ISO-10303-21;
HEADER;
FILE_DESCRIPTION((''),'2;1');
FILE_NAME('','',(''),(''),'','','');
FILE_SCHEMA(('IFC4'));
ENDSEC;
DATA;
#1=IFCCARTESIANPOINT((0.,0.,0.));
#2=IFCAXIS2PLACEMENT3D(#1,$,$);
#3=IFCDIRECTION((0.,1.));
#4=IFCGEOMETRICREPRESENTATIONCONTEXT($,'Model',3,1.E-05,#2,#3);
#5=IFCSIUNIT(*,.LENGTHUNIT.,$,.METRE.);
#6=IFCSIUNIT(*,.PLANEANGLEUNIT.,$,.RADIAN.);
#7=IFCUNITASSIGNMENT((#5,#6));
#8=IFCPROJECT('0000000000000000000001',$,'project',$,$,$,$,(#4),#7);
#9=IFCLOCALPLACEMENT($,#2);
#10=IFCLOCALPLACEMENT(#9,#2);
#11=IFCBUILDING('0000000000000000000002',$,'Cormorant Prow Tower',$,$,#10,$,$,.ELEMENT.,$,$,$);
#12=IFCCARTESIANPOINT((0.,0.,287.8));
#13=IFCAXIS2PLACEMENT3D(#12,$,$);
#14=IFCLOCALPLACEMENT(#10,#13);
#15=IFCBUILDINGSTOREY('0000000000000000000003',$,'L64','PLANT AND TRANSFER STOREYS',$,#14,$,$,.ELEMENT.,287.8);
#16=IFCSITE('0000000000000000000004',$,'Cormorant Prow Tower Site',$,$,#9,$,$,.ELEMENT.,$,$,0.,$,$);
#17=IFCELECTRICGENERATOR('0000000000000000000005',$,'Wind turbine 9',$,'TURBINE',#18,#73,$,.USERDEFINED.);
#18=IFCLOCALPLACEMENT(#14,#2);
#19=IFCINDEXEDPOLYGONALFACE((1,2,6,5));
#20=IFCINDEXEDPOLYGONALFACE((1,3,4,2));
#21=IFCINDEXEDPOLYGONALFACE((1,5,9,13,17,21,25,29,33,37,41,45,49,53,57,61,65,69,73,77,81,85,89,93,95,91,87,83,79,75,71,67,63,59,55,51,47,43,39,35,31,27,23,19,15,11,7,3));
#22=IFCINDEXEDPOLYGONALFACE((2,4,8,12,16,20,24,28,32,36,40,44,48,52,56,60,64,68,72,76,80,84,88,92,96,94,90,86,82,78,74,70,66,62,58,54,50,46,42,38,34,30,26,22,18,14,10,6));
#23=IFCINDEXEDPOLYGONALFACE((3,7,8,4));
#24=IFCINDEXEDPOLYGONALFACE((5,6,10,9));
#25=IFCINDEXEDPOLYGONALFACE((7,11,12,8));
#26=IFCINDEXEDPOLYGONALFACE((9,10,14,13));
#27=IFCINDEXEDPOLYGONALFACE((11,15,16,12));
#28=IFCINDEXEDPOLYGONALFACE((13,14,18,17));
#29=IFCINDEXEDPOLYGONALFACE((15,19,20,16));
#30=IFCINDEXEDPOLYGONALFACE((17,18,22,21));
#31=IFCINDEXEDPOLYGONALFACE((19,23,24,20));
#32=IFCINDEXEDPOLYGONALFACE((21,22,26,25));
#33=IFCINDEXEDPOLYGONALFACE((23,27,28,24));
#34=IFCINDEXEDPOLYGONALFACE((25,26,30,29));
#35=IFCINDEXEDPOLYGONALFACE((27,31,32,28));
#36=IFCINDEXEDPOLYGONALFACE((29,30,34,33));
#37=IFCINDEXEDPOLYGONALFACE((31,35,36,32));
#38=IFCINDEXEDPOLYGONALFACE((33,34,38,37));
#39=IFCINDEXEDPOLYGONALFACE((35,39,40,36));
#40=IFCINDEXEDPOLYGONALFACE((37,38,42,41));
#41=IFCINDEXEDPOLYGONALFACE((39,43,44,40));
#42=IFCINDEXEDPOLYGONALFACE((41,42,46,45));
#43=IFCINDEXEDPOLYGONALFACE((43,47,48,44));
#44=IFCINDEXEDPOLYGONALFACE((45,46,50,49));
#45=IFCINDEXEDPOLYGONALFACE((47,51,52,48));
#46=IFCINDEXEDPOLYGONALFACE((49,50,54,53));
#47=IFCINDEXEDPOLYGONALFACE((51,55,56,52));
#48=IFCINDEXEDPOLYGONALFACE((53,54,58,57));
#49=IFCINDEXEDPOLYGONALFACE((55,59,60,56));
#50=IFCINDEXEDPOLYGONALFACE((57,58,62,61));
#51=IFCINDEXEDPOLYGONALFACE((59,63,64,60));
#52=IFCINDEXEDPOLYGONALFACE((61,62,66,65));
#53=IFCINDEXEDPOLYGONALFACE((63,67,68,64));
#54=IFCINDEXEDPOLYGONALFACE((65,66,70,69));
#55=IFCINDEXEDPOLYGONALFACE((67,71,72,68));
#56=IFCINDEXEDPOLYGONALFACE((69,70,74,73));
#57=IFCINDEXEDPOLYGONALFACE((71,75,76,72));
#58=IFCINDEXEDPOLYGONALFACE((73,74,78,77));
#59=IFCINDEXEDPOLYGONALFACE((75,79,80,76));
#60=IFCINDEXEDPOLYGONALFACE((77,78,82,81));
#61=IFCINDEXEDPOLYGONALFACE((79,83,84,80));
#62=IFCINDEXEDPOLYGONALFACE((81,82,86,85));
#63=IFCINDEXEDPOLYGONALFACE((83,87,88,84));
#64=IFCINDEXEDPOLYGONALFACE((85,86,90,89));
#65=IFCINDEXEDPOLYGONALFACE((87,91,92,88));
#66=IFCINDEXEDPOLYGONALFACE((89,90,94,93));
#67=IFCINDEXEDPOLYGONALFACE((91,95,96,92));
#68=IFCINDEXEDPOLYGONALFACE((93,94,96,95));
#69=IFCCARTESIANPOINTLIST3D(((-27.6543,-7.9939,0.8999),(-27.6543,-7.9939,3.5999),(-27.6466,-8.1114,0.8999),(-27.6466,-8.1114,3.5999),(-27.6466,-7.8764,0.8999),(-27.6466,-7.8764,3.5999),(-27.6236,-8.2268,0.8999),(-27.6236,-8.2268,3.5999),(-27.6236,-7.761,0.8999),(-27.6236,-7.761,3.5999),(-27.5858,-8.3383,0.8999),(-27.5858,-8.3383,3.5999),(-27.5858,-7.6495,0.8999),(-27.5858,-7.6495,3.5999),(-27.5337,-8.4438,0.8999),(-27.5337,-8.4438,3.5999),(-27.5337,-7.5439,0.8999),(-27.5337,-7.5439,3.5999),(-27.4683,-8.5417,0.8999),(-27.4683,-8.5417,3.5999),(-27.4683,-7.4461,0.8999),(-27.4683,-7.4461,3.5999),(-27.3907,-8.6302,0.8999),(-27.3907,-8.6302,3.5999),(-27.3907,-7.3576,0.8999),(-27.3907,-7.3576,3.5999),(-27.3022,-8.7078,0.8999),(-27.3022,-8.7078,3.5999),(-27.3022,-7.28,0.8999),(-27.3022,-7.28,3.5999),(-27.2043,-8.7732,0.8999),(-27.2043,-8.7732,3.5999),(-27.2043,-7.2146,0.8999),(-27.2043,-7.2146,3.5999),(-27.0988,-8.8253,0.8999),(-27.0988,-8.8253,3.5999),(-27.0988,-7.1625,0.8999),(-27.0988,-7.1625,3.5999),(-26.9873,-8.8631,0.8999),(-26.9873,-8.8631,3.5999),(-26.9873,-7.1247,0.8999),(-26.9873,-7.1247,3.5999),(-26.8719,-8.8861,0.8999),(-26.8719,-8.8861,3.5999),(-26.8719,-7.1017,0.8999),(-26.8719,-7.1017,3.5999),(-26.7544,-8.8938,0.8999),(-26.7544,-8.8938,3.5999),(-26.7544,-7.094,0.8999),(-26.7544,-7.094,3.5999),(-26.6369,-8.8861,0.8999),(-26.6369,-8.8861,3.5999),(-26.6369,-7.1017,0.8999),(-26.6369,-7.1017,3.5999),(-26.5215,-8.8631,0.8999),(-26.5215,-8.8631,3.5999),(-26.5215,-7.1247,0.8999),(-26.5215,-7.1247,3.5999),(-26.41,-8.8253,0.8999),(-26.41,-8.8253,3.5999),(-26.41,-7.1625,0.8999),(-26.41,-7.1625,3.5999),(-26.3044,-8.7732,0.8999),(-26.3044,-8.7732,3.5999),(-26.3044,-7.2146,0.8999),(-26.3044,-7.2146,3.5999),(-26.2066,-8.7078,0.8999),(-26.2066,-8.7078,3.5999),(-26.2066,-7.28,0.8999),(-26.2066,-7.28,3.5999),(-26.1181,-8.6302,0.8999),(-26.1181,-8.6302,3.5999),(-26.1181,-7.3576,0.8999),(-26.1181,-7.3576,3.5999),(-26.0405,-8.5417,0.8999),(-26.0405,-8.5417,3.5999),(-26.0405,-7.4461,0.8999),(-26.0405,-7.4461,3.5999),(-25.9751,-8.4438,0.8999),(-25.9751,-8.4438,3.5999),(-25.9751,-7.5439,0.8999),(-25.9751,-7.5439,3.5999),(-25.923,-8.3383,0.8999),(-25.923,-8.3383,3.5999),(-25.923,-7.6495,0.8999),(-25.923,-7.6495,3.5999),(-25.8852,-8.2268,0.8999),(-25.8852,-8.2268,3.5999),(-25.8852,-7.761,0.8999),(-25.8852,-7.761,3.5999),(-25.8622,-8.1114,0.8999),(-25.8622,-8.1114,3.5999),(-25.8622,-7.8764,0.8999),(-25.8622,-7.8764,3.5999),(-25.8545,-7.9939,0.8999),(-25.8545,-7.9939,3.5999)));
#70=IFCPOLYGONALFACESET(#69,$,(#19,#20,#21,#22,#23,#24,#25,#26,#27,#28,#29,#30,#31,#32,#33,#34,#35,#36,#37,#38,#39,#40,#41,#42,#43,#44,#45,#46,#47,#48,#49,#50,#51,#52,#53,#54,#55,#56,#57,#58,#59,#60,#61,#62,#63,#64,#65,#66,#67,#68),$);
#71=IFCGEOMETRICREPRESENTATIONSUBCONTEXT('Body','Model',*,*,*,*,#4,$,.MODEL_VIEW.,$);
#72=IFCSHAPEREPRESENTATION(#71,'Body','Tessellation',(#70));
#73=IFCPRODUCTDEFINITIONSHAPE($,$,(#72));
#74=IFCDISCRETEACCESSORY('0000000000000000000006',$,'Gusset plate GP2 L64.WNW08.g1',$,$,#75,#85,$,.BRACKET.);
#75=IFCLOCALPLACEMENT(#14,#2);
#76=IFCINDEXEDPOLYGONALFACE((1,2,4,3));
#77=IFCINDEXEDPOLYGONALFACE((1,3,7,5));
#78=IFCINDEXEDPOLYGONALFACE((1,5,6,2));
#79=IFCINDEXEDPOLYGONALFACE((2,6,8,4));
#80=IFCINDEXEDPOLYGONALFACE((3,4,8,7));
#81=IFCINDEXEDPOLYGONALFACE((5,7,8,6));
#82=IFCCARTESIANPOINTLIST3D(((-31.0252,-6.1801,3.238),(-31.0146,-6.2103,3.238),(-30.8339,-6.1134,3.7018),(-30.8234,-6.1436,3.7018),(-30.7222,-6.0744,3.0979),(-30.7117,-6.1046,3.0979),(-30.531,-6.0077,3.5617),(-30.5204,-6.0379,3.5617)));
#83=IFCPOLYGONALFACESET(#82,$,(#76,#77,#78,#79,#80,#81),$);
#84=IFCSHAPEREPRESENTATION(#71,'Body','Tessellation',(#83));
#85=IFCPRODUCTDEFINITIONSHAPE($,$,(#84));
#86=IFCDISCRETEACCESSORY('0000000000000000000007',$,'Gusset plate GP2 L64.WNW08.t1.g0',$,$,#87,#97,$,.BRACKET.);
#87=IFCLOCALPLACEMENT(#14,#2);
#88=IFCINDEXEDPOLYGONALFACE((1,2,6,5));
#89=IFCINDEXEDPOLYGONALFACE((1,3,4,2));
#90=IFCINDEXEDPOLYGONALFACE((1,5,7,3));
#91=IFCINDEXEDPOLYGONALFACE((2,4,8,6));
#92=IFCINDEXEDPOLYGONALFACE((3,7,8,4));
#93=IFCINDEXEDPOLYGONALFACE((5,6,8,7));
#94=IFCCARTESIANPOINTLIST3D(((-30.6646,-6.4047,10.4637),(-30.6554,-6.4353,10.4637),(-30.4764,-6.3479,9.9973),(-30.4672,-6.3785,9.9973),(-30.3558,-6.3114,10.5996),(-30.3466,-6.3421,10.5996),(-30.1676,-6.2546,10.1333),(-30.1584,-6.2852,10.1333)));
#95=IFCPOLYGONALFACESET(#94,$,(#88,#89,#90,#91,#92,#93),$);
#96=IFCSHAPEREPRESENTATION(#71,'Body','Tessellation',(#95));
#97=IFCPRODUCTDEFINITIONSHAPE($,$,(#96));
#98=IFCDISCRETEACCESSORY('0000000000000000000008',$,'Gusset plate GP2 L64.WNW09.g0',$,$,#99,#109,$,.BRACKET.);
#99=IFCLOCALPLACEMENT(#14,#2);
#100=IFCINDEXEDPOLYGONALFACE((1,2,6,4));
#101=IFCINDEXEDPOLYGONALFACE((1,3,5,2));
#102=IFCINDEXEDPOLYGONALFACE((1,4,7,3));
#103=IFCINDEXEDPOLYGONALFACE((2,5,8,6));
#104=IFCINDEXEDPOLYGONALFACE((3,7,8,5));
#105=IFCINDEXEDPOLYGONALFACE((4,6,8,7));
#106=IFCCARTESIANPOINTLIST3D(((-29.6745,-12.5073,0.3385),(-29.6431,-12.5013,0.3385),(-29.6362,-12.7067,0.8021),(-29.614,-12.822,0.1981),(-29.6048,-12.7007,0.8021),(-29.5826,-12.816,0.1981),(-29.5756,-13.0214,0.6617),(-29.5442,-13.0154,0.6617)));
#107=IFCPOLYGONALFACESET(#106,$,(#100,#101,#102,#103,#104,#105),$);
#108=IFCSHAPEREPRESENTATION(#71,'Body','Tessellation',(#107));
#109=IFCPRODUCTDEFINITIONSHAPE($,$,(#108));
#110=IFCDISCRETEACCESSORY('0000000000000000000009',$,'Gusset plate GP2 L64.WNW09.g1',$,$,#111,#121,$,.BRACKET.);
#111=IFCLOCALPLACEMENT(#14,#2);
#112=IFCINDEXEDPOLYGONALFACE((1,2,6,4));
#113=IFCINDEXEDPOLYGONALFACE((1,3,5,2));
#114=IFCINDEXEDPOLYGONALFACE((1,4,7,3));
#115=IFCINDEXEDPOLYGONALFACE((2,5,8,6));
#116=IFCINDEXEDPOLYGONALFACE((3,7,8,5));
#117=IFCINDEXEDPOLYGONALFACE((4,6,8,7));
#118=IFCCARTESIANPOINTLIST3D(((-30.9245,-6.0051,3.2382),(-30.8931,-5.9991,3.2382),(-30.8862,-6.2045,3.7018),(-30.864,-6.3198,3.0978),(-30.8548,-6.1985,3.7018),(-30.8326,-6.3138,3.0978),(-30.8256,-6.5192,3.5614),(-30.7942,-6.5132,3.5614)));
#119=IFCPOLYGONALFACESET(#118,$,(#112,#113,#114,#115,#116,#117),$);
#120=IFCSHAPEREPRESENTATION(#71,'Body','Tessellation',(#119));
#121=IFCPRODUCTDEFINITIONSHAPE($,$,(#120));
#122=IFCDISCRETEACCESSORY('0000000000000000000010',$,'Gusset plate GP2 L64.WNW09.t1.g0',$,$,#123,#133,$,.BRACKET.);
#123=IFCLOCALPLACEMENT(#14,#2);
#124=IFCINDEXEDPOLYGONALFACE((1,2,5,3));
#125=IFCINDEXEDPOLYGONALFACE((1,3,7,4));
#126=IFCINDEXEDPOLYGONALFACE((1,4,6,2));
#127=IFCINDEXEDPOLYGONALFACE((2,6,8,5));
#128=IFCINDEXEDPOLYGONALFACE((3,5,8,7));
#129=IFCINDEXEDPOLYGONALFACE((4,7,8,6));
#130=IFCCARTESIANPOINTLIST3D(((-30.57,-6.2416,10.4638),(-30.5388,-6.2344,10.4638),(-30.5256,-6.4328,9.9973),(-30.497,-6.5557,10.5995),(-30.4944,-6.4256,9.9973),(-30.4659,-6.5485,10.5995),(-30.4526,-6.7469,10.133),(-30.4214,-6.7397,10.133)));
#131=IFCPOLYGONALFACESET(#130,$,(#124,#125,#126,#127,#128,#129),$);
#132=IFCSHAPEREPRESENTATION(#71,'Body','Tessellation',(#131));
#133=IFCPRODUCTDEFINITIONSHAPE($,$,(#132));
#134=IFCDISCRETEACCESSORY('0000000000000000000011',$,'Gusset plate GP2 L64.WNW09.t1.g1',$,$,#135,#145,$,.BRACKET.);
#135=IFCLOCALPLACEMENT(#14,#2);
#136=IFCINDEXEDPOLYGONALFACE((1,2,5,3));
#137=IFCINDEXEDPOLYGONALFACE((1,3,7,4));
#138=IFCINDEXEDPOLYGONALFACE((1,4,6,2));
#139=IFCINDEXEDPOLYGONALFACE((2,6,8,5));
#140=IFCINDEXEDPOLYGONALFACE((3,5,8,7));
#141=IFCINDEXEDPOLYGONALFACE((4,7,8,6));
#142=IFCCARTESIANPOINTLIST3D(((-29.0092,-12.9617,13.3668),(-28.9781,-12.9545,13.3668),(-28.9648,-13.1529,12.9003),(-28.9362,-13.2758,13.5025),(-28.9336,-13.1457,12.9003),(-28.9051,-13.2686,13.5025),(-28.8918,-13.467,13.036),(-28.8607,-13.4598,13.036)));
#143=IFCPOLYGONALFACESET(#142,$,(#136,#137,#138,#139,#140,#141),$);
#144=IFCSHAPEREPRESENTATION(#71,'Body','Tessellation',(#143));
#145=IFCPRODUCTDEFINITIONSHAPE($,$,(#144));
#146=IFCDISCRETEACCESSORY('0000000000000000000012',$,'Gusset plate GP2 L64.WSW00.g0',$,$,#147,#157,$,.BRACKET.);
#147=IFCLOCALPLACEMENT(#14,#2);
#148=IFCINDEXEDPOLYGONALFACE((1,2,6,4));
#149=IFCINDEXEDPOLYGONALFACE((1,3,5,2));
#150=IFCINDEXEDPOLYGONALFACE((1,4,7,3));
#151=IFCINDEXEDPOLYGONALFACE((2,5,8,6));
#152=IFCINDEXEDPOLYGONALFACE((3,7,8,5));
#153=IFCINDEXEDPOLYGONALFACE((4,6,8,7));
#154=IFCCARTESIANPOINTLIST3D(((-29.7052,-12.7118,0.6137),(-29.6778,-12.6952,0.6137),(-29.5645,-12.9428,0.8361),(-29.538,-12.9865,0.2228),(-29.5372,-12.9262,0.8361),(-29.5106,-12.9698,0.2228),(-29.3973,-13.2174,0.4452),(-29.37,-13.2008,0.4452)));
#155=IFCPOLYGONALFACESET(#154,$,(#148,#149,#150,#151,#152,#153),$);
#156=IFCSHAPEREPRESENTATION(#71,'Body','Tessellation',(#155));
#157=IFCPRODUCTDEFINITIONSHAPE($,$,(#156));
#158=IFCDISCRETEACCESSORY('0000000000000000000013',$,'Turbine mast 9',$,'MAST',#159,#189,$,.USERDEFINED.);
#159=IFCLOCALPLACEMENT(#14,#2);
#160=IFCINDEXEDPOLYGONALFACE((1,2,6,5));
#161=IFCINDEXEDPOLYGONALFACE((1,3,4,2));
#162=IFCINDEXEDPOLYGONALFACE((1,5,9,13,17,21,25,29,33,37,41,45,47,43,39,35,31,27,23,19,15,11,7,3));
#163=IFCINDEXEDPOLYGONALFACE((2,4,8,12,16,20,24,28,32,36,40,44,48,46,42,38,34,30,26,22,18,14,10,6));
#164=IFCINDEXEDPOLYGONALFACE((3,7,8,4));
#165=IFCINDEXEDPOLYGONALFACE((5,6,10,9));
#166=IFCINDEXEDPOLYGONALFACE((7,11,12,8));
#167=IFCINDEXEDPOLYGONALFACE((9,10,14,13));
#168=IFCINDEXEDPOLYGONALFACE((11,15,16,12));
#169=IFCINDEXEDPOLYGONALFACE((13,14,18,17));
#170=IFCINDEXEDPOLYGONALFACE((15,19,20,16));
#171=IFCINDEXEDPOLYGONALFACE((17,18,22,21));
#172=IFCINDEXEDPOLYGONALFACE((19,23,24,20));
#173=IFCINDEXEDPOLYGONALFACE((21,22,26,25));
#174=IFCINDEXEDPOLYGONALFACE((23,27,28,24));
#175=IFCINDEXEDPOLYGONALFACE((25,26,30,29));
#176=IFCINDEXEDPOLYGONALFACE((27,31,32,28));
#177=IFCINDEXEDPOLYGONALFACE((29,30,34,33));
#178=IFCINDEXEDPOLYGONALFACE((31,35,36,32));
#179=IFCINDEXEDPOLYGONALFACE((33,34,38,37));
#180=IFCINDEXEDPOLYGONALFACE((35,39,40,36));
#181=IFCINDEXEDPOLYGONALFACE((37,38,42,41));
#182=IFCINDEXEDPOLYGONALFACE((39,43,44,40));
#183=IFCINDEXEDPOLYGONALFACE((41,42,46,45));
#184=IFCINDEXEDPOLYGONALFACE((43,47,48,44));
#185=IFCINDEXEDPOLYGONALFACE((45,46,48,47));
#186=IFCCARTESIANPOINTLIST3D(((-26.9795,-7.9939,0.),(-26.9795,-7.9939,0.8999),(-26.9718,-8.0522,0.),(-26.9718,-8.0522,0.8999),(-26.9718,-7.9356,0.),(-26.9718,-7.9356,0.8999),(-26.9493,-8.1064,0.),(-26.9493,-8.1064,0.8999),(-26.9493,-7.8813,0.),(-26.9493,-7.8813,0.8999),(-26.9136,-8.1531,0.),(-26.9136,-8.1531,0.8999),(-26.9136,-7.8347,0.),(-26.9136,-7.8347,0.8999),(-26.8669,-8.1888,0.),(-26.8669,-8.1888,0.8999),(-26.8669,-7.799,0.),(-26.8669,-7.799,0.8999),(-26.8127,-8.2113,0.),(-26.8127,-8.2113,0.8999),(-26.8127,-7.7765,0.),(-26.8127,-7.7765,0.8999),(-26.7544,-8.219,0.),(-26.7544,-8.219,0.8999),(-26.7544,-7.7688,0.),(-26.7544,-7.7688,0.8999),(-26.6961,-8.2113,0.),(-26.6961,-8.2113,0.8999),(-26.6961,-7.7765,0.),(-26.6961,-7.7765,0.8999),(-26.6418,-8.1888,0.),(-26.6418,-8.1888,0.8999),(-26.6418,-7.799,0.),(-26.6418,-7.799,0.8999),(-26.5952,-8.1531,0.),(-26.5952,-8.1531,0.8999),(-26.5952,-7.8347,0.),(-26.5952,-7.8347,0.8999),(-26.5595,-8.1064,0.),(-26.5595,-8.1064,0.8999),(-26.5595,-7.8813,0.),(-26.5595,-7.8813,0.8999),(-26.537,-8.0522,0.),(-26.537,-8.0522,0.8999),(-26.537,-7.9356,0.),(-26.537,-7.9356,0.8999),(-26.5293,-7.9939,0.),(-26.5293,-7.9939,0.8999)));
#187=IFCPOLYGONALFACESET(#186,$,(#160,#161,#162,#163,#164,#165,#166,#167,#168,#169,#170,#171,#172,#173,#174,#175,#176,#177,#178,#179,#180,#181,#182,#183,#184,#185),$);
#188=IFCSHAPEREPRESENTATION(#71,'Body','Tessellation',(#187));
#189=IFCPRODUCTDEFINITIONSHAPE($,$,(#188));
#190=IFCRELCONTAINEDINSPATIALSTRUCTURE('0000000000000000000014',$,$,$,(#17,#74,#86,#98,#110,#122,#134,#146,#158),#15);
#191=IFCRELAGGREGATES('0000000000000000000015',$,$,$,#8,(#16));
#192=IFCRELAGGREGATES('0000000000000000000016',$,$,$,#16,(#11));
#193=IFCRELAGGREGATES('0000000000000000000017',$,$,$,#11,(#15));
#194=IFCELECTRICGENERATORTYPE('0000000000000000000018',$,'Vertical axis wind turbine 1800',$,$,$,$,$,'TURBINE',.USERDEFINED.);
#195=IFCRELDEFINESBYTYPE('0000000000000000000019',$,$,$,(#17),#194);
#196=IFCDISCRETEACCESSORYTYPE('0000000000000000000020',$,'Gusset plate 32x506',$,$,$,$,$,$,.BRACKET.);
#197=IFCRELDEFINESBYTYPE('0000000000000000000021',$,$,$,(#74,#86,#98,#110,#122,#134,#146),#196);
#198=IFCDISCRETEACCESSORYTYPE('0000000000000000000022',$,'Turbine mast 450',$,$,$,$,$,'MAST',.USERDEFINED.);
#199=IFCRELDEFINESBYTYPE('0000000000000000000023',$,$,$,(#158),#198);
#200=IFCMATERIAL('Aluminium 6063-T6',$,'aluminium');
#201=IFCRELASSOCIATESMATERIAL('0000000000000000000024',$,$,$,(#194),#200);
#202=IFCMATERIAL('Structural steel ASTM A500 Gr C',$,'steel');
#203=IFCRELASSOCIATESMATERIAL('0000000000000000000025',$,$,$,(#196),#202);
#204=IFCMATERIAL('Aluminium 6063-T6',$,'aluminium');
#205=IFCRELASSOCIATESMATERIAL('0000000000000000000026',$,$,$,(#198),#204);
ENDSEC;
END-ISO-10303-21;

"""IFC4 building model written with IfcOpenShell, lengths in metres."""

from ifc_helpers import new_model, si_unit, direction, frame, origin, origin_2d, place, context, subcontext, project, spatial, rectangle, circle, extrude, material, material_profile, profile_set, type_object, element, save


model = new_model("IFC4")

# Units and contexts
model_context = context("Model", 3, precision=1e-05, world=origin(), true_north=direction((0.0, 1.0)))
body_context = subcontext(model_context, "Body", "Model", "MODEL_VIEW")
ifc_project = project(units=[si_unit("LENGTHUNIT", "METRE"), si_unit("PLANEANGLEUNIT", "RADIAN")], contexts=[model_context])

# Site, building, storey
site_placement = place(None, origin())
site = spatial("IfcSite", under=ifc_project, at=site_placement, Name="Cormorant Prow Tower Site", CompositionType="ELEMENT", RefElevation=0.0)
building_placement = place(site_placement, origin())
building = spatial("IfcBuilding", under=site, at=building_placement, Name="Cormorant Prow Tower", CompositionType="ELEMENT")
storey_placement = place(building_placement, frame((0.0, 0.0, 287.8)))
storey = spatial("IfcBuildingStorey", under=building, at=storey_placement, Name="L64", Description="PLANT AND TRANSFER STOREYS", CompositionType="ELEMENT", Elevation=287.8)

# Electric generator
ifc_material_1 = material(Name="Aluminium 6063-T6", Category="aluminium")
ifc_material_profile_1 = material_profile(ifc_material_1, circle(Radius=0.8999, at=origin_2d()), Name="Vertical axis wind turbine 1800")
ifc_profile_set_1 = profile_set([ifc_material_profile_1], Name="Aluminium 6063-T6")
electric_generator_type = type_object("IfcElectricGeneratorType", Name="Vertical axis wind turbine 1800", ElementType="TURBINE", PredefinedType="USERDEFINED", material=ifc_profile_set_1)
electric_generator_placement = place(storey_placement, frame((-26.7544, -7.9939, 0.8999), z_axis=(0.0, 0.0, 1.0), x_axis=(1.0, 0.0, 0.0)))
element("IfcElectricGenerator", 1, at=electric_generator_placement, inside=storey, type_object=electric_generator_type, Name="Wind turbine 9", ObjectType="TURBINE", PredefinedType="USERDEFINED", context=body_context, shape_type="SweptSolid", body=[
    extrude(circle(Radius=0.8999, at=origin_2d()), origin(), (0.0, 0.0, 1.0), 2.7),
])

# Discrete accessories
ifc_material_2 = material(Name="Structural steel ASTM A500 Gr C", Category="steel")
ifc_material_profile_2 = material_profile(ifc_material_2, rectangle(XDim=0.032, YDim=0.5061, at=origin_2d()), Name="Gusset plate 32x506")
ifc_profile_set_2 = profile_set([ifc_material_profile_2], Name="Structural steel ASTM A500 Gr C")
discrete_accessory_type_1 = type_object("IfcDiscreteAccessoryType", Name="Gusset plate 32x506", PredefinedType="BRACKET", material=ifc_profile_set_2)
for number, where, z_axis, x_axis, name in (
    (2, (-30.6213, -6.0562, 3.3298), (-0.865266, -0.301902, 0.400212), (0.329435, -0.944178, 0.0), "Gusset plate GP2 L64.WNW08.g1"),
    (3, (-30.2571, -6.2983, 10.3665), (-0.882139, -0.266385, -0.38842), (0.289083, -0.957304, 0.0), "Gusset plate GP2 L64.WNW08.t1.g0"),
):
    element("IfcDiscreteAccessory", number, at=place(storey_placement, frame(where, z_axis=z_axis, x_axis=x_axis)), inside=storey, type_object=discrete_accessory_type_1, Name=name, PredefinedType="BRACKET", context=body_context, shape_type="SweptSolid", body=[
        extrude(rectangle(XDim=0.032, YDim=0.5061, at=origin_2d()), origin(), (0.0, 0.0, 1.0), 0.3501),
    ])
for number, where, z_axis, x_axis, name in (
    (4, (-29.6396, -12.604, 0.5703), (0.173057, -0.899476, -0.40124), (0.98199, 0.188932, 0.0), "Gusset plate GP2 L64.WNW09.g0"),
    (5, (-30.8291, -6.4165, 3.3296), (-0.173057, 0.899476, 0.40124), (-0.98199, -0.188932, 0.0), "Gusset plate GP2 L64.WNW09.g1"),
    (6, (-30.4592, -6.6477, 10.3662), (-0.208581, 0.897806, -0.387863), (-0.974058, -0.226296, 0.0), "Gusset plate GP2 L64.WNW09.t1.g0"),
    (7, (-28.9714, -13.0537, 13.1335), (0.208581, -0.897806, 0.387863), (0.974058, 0.226296, 0.0), "Gusset plate GP2 L64.WNW09.t1.g1"),
):
    element("IfcDiscreteAccessory", number, at=place(storey_placement, frame(where, z_axis=z_axis, x_axis=x_axis)), inside=storey, type_object=discrete_accessory_type_1, Name=name, PredefinedType="BRACKET", context=body_context, shape_type="SweptSolid", body=[
        extrude(rectangle(XDim=0.032, YDim=0.5061, at=origin_2d()), origin(), (0.0, 0.0, 1.0), 0.3499),
    ])
discrete_accessory_1_placement = place(storey_placement, frame((-29.4673, -13.0718, 0.6406), z_axis=(-0.401649, 0.659652, -0.635246), x_axis=(-0.854129, -0.520062, 0.0)))
element("IfcDiscreteAccessory", 8, at=discrete_accessory_1_placement, inside=storey, type_object=discrete_accessory_type_1, Name="Gusset plate GP2 L64.WSW00.g0", PredefinedType="BRACKET", context=body_context, shape_type="SweptSolid", body=[
    extrude(rectangle(XDim=0.032, YDim=0.5061, at=origin_2d()), origin(), (0.0, 0.0, 1.0), 0.3501),
])
ifc_material_3 = material(Name="Aluminium 6063-T6", Category="aluminium")
ifc_material_profile_3 = material_profile(ifc_material_3, circle(Radius=0.2251, at=origin_2d()), Name="Turbine mast 450")
ifc_profile_set_3 = profile_set([ifc_material_profile_3], Name="Aluminium 6063-T6")
discrete_accessory_type_2 = type_object("IfcDiscreteAccessoryType", Name="Turbine mast 450", ElementType="MAST", PredefinedType="USERDEFINED", material=ifc_profile_set_3)
discrete_accessory_2_placement = place(storey_placement, frame((-26.7544, -7.9939, 0.0), z_axis=(0.0, 0.0, 1.0), x_axis=(1.0, 0.0, 0.0)))
element("IfcDiscreteAccessory", 9, at=discrete_accessory_2_placement, inside=storey, type_object=discrete_accessory_type_2, Name="Turbine mast 9", ObjectType="MAST", PredefinedType="USERDEFINED", context=body_context, shape_type="SweptSolid", body=[
    extrude(circle(Radius=0.2251, at=origin_2d()), origin(), (0.0, 0.0, 1.0), 0.8999),
])

save(model, "model.ifc")
